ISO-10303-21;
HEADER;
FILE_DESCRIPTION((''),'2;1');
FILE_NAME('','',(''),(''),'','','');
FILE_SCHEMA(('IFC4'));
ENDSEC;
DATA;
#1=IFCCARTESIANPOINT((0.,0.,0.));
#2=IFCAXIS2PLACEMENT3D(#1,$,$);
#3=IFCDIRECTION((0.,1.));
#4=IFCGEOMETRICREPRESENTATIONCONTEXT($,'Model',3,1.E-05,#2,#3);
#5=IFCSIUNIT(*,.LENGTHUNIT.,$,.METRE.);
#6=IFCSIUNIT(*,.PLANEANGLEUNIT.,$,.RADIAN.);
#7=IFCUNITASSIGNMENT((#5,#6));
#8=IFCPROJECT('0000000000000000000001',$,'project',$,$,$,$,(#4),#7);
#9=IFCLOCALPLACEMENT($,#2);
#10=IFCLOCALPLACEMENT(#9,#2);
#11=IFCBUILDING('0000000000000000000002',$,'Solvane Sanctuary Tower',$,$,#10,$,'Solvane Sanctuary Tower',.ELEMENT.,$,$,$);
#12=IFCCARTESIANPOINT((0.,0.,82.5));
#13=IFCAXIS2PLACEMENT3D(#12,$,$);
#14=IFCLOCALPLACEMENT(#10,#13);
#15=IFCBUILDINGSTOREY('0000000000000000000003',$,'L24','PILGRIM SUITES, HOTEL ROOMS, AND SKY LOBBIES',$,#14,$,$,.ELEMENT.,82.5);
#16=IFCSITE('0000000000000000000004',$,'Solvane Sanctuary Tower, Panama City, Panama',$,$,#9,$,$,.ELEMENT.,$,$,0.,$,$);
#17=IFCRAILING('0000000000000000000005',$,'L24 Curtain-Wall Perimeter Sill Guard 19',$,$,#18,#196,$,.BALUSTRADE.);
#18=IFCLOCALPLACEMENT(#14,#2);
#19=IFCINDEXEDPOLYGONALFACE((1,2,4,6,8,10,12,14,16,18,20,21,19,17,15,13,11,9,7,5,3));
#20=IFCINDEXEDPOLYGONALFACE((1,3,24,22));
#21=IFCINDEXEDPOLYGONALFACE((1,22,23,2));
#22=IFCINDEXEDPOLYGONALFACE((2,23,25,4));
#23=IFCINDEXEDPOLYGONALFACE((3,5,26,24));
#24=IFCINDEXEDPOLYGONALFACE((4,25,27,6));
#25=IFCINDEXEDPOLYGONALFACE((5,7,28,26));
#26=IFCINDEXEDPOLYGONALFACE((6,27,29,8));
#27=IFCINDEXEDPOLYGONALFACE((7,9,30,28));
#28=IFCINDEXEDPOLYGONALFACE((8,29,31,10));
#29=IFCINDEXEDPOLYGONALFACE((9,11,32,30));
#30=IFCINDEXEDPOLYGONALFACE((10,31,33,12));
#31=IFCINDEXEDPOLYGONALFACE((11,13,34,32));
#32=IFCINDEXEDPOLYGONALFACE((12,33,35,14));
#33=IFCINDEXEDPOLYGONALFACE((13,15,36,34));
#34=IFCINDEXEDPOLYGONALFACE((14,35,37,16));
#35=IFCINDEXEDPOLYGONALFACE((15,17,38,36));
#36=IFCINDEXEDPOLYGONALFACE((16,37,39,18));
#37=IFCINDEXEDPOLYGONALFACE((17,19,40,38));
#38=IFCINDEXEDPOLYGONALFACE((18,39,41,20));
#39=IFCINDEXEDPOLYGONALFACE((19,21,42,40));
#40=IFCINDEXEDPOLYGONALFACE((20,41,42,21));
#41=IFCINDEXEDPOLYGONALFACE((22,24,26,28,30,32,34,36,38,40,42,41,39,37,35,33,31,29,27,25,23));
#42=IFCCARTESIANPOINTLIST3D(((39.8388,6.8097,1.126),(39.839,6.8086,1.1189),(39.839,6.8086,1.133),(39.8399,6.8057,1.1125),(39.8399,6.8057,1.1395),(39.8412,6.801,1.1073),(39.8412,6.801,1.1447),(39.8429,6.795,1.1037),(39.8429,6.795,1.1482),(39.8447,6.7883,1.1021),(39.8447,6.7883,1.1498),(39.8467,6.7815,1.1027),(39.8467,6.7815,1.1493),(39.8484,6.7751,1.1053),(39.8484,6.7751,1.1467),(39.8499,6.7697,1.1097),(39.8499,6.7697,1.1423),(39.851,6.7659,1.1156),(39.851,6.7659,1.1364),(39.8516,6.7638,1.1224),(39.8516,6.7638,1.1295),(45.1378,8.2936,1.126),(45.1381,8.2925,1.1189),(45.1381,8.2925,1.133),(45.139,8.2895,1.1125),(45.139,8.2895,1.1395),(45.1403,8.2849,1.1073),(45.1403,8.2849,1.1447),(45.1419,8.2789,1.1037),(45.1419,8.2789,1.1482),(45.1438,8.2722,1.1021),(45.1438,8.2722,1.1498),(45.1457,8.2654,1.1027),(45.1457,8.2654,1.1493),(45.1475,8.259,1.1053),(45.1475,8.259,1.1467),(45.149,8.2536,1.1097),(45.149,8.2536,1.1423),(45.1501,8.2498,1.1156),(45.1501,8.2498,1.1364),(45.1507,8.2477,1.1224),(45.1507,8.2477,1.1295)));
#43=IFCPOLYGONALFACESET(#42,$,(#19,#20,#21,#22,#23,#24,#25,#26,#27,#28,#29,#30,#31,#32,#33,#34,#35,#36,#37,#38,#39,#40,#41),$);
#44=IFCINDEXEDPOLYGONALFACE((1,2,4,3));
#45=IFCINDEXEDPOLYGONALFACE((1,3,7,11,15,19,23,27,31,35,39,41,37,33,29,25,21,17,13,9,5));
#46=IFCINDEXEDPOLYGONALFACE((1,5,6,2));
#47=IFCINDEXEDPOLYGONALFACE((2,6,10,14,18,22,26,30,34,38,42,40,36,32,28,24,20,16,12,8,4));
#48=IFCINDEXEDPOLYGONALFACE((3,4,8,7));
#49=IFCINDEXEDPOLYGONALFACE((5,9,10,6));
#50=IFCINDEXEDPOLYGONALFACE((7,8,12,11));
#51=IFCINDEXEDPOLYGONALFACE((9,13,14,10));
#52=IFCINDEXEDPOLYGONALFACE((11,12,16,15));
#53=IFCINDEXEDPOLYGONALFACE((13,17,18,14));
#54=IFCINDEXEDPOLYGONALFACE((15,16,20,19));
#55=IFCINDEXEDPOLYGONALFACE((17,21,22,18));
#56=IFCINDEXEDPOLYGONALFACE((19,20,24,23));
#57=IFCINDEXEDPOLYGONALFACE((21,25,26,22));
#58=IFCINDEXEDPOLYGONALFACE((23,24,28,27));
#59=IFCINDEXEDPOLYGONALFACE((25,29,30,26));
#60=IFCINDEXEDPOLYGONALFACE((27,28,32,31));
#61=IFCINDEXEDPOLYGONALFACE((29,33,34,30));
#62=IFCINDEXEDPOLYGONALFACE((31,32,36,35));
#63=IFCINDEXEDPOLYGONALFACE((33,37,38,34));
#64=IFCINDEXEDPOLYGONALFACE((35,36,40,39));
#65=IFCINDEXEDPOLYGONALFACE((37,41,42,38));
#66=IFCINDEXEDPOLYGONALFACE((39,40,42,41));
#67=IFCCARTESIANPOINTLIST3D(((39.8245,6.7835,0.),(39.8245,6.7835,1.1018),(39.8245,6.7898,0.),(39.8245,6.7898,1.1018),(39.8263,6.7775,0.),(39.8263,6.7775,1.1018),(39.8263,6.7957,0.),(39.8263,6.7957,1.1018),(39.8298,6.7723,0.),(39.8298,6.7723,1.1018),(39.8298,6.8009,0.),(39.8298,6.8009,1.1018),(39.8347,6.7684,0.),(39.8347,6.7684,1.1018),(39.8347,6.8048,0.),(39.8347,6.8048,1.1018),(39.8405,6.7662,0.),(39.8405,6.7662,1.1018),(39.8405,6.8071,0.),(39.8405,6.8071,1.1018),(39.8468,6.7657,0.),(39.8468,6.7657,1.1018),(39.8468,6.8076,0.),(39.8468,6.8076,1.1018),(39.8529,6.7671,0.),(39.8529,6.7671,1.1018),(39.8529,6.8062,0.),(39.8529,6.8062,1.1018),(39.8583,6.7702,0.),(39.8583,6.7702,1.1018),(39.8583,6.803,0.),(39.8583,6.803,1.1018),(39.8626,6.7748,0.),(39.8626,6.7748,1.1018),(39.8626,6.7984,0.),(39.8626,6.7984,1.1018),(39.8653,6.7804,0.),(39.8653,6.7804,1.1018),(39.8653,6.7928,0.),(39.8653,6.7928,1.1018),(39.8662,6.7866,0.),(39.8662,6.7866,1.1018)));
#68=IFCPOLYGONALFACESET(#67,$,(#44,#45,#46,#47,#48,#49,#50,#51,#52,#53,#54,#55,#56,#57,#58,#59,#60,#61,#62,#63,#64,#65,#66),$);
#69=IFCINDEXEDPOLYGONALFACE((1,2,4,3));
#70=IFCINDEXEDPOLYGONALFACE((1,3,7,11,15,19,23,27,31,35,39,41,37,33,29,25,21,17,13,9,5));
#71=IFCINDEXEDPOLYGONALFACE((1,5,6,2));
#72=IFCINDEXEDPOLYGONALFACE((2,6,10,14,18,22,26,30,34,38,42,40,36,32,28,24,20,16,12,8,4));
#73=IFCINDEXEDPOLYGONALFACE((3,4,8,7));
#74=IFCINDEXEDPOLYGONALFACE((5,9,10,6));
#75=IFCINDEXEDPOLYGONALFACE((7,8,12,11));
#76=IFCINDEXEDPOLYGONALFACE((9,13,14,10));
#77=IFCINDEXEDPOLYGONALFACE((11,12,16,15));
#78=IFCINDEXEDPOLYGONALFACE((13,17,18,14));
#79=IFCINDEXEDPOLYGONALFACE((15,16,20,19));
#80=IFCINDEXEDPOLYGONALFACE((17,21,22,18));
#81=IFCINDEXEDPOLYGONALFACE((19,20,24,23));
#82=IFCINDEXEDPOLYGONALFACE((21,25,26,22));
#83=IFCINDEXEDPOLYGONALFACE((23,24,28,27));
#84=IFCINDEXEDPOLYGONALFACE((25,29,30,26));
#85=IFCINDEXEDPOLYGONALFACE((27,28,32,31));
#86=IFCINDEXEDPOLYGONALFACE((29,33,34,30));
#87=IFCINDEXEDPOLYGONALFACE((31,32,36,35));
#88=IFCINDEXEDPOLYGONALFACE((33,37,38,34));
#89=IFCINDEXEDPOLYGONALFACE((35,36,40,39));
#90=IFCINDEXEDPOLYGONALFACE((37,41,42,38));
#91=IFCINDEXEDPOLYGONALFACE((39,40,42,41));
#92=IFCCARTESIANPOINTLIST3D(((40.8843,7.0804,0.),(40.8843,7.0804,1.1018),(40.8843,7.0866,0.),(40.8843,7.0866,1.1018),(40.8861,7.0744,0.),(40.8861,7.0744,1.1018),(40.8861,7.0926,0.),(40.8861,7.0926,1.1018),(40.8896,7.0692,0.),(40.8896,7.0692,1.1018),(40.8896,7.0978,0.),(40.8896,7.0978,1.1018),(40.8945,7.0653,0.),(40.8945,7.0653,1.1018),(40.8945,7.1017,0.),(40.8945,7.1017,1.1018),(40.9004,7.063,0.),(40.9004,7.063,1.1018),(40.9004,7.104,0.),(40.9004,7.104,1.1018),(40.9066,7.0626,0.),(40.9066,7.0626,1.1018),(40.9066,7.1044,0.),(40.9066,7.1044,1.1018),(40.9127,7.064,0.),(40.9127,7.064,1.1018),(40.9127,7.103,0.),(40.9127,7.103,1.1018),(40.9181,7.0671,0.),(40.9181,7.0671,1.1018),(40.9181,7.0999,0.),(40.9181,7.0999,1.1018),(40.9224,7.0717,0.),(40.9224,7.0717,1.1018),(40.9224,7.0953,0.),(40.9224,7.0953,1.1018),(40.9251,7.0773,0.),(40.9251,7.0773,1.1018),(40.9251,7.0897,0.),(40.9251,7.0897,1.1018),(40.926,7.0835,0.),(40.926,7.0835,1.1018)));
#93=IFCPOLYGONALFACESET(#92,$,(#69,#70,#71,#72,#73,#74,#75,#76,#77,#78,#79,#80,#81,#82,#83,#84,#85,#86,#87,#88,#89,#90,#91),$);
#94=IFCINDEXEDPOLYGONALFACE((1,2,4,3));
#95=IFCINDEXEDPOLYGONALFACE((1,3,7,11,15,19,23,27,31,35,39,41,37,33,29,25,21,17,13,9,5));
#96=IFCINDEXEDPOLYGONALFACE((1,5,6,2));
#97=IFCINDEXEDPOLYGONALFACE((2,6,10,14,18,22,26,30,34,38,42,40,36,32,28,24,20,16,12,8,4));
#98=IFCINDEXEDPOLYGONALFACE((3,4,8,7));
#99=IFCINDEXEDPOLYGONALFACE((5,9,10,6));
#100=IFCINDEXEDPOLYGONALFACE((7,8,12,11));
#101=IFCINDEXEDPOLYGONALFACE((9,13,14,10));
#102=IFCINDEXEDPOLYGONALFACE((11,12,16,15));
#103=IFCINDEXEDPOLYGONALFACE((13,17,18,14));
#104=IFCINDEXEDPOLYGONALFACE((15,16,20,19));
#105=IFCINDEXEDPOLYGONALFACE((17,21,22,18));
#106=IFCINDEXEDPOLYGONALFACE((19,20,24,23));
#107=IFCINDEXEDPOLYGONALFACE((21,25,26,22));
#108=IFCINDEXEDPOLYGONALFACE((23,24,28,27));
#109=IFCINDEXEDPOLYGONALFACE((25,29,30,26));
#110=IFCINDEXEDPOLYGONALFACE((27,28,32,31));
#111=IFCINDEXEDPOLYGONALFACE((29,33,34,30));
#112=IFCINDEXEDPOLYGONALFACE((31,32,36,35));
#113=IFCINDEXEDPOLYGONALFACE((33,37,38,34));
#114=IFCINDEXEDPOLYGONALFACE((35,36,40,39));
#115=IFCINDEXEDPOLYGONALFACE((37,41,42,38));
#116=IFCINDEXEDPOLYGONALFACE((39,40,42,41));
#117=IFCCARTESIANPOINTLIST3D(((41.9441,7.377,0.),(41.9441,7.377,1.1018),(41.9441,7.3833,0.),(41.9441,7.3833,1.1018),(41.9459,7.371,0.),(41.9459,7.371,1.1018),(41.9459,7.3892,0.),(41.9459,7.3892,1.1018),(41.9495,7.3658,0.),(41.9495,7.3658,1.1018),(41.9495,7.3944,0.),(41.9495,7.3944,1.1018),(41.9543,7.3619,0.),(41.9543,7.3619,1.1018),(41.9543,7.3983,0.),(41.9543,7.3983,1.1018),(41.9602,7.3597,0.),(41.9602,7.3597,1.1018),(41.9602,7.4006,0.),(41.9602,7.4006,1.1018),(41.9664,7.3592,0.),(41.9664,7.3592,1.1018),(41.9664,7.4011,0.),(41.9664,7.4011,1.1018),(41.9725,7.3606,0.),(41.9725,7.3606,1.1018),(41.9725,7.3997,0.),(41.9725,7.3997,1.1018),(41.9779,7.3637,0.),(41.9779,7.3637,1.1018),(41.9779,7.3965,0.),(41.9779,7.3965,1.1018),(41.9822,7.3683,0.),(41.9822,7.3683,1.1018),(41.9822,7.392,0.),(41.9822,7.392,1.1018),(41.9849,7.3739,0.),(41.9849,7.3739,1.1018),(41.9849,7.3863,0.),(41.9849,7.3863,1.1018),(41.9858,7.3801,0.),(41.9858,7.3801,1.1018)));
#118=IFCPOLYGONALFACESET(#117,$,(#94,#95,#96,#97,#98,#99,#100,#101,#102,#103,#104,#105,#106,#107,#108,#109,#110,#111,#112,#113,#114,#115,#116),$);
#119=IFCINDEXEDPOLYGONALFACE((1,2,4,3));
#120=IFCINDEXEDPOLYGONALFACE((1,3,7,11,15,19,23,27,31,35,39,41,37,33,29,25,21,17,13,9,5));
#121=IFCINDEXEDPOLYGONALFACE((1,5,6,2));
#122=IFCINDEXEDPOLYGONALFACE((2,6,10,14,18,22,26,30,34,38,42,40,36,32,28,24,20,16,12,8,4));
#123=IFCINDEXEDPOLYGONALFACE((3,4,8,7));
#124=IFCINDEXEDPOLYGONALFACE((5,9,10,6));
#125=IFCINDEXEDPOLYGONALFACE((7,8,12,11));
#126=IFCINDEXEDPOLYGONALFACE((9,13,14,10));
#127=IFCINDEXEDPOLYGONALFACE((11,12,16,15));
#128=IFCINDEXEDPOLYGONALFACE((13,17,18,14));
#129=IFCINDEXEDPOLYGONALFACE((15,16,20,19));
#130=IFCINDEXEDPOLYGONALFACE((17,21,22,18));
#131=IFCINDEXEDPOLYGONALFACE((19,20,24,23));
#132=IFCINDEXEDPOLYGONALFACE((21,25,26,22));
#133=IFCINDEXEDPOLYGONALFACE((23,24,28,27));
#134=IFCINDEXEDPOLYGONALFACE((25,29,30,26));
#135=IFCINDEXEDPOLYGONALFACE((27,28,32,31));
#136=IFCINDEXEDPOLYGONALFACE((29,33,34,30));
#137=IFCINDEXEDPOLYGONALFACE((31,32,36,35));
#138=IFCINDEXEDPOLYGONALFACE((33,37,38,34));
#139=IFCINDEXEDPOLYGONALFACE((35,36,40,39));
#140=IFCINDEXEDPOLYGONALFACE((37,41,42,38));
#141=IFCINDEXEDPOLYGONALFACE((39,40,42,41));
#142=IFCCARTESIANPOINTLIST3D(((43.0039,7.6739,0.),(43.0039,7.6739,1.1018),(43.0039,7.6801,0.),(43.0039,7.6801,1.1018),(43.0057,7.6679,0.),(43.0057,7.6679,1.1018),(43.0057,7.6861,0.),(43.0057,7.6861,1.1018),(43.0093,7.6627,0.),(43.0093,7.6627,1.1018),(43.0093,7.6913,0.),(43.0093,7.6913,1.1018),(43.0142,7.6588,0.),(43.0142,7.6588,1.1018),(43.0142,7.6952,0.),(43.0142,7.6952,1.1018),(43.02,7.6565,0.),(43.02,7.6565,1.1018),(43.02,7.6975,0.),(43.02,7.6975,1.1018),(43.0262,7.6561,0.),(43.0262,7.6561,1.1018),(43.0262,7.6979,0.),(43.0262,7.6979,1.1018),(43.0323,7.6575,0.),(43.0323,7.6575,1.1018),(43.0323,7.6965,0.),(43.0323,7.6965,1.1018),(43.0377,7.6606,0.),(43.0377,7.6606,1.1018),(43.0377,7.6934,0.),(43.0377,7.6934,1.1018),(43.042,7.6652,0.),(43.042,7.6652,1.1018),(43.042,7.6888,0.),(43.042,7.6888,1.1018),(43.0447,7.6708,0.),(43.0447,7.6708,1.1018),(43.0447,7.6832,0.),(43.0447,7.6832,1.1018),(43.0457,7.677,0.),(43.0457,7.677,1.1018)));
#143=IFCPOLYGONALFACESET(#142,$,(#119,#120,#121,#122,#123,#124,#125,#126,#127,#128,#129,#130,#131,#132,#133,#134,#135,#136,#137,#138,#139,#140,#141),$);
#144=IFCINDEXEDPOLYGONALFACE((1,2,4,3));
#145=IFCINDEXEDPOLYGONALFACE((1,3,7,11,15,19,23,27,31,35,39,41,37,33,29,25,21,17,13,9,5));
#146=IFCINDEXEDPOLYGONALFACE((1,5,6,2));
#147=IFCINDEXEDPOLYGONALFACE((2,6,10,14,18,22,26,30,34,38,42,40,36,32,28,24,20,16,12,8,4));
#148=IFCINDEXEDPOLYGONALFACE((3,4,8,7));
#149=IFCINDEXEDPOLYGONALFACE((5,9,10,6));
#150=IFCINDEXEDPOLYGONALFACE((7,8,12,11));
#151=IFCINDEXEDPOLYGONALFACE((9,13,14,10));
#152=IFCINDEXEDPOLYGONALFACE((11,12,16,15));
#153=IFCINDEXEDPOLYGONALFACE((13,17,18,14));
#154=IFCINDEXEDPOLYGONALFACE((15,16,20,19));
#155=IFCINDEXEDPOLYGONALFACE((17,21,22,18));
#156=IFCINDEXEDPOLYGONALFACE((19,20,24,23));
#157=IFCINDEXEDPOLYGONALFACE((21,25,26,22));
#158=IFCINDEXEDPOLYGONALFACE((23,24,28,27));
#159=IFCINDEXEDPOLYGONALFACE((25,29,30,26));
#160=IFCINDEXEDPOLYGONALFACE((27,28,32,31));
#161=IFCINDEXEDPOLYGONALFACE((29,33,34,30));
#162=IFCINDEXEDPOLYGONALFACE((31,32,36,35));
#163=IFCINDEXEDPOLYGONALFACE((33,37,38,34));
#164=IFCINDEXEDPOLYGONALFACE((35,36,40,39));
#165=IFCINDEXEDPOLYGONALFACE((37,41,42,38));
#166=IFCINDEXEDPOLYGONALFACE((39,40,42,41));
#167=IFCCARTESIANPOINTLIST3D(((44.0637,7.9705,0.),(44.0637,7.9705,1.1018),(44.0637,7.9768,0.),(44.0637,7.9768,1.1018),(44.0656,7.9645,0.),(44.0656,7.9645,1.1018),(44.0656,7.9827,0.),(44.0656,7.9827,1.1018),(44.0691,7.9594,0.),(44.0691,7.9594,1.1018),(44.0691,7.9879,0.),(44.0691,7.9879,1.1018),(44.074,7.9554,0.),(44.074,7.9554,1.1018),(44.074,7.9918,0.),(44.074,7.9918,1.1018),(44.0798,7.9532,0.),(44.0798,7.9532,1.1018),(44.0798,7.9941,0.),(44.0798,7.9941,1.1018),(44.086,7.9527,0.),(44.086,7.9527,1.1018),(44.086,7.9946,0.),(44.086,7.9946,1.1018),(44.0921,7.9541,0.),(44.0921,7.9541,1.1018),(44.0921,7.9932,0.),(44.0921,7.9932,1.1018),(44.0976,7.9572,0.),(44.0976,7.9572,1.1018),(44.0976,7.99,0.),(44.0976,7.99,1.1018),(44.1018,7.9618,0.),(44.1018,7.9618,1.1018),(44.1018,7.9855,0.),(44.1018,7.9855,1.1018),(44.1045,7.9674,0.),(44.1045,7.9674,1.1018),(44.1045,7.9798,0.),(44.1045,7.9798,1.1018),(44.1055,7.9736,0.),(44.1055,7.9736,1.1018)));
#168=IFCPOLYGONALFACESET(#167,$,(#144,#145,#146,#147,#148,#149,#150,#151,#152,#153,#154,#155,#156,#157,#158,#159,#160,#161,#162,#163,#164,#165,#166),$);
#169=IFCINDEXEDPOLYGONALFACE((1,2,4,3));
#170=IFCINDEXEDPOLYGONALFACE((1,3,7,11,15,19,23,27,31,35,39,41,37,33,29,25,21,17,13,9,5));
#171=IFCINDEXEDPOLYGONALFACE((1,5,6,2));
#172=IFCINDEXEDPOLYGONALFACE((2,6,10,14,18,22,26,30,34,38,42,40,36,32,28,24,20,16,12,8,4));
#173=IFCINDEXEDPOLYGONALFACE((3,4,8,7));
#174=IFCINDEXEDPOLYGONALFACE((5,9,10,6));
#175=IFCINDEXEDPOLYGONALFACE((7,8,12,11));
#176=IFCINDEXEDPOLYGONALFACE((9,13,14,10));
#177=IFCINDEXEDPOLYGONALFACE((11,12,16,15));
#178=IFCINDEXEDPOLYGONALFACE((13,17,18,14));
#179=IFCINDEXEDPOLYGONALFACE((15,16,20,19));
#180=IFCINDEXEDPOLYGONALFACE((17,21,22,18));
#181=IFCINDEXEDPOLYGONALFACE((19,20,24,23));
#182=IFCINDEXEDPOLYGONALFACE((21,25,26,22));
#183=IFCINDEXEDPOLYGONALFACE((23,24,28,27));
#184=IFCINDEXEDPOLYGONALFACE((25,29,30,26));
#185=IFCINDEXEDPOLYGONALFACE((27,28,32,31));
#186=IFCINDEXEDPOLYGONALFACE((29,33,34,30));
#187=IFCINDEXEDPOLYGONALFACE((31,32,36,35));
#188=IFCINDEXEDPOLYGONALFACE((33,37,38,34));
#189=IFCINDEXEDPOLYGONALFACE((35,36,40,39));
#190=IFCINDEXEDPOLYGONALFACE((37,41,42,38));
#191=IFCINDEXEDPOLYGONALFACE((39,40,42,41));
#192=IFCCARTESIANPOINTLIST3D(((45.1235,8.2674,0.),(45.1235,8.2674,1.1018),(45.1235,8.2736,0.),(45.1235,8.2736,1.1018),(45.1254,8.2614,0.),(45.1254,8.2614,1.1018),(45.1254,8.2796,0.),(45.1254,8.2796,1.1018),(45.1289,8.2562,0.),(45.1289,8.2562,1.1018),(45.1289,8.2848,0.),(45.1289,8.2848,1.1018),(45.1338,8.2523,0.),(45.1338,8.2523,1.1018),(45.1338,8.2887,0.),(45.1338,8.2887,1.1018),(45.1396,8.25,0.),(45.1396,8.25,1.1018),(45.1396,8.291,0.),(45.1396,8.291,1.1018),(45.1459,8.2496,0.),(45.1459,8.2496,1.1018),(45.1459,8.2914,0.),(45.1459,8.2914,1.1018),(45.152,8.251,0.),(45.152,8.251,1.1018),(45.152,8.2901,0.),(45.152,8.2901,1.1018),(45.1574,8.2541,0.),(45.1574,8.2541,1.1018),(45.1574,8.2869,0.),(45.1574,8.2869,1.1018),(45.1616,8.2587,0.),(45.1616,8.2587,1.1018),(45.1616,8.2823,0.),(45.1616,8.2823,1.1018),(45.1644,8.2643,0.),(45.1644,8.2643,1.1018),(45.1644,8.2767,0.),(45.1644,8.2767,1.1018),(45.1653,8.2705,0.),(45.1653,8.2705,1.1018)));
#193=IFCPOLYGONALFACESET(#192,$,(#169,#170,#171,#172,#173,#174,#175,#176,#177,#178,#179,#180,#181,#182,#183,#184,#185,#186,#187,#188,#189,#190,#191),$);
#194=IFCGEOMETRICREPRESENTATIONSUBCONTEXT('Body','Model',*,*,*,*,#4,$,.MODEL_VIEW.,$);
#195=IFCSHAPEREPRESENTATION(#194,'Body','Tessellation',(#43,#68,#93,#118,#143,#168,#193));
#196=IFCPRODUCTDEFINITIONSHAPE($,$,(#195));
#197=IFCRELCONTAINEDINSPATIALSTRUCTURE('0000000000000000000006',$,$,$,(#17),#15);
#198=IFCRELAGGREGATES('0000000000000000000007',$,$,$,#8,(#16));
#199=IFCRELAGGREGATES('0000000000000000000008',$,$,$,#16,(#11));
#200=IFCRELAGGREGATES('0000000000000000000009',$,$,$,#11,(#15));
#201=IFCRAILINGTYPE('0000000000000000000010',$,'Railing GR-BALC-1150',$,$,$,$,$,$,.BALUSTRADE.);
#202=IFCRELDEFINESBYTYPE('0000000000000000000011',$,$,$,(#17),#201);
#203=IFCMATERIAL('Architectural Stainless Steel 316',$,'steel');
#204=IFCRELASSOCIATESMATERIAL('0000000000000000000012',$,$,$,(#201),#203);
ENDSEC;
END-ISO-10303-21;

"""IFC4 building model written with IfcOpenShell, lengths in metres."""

from ifc_helpers import new_model, si_unit, direction, frame, origin, origin_2d, place, context, subcontext, project, spatial, circle, extrude, material, type_object, element, save


model = new_model("IFC4")

# Units and contexts
model_context = context("Model", 3, precision=1e-05, world=origin(), true_north=direction((0.0, 1.0)))
body_context = subcontext(model_context, "Body", "Model", "MODEL_VIEW")
ifc_project = project(units=[si_unit("LENGTHUNIT", "METRE"), si_unit("PLANEANGLEUNIT", "RADIAN")], contexts=[model_context])

# Site, building, storey
site_placement = place(None, origin())
site = spatial("IfcSite", under=ifc_project, at=site_placement, Name="Solvane Sanctuary Tower, Panama City, Panama", CompositionType="ELEMENT", RefElevation=0.0)
building_placement = place(site_placement, origin())
building = spatial("IfcBuilding", under=site, at=building_placement, Name="Solvane Sanctuary Tower", LongName="Solvane Sanctuary Tower", CompositionType="ELEMENT")
storey_placement = place(building_placement, frame((0.0, 0.0, 82.5)))
storey = spatial("IfcBuildingStorey", under=building, at=storey_placement, Name="L24", Description="PILGRIM SUITES, HOTEL ROOMS, AND SKY LOBBIES", CompositionType="ELEMENT", Elevation=82.5)

# Railing
ifc_material_1 = material(Name="Architectural Stainless Steel 316", Category="steel")
railing_type = type_object("IfcRailingType", Name="Railing GR-BALC-1150", PredefinedType="BALUSTRADE", material=ifc_material_1)
railing_placement = place(storey_placement, frame((39.8452, 6.7866, 0.0)))
element("IfcRailing", 1, at=railing_placement, inside=storey, type_object=railing_type, Name="L24 Curtain-Wall Perimeter Sill Guard 19", PredefinedType="BALUSTRADE", context=body_context, shape_type="SweptSolid", body=[
    extrude(circle(Radius=0.0239, at=origin_2d()), frame((0.0, 0.0, 1.126), z_axis=(0.962957, 0.269655, 0.0), x_axis=(-0.269655, 0.962957, 0.0)), (0.0, 0.0, 1.0), 5.5029),
    extrude(circle(Radius=0.021, at=origin_2d()), origin(), (0.0, 0.0, 1.0), 1.1018),
    extrude(circle(Radius=0.021, at=origin_2d()), frame((1.0598, 0.2969, 0.0)), (0.0, 0.0, 1.0), 1.1018),
    extrude(circle(Radius=0.021, at=origin_2d()), frame((2.1196, 0.5935, 0.0)), (0.0, 0.0, 1.0), 1.1018),
    extrude(circle(Radius=0.021, at=origin_2d()), frame((3.1794, 0.8904, 0.0)), (0.0, 0.0, 1.0), 1.1018),
    extrude(circle(Radius=0.021, at=origin_2d()), frame((4.2393, 1.187, 0.0)), (0.0, 0.0, 1.0), 1.1018),
    extrude(circle(Radius=0.021, at=origin_2d()), frame((5.2991, 1.4839, 0.0)), (0.0, 0.0, 1.0), 1.1018),
])

save(model, "model.ifc")
